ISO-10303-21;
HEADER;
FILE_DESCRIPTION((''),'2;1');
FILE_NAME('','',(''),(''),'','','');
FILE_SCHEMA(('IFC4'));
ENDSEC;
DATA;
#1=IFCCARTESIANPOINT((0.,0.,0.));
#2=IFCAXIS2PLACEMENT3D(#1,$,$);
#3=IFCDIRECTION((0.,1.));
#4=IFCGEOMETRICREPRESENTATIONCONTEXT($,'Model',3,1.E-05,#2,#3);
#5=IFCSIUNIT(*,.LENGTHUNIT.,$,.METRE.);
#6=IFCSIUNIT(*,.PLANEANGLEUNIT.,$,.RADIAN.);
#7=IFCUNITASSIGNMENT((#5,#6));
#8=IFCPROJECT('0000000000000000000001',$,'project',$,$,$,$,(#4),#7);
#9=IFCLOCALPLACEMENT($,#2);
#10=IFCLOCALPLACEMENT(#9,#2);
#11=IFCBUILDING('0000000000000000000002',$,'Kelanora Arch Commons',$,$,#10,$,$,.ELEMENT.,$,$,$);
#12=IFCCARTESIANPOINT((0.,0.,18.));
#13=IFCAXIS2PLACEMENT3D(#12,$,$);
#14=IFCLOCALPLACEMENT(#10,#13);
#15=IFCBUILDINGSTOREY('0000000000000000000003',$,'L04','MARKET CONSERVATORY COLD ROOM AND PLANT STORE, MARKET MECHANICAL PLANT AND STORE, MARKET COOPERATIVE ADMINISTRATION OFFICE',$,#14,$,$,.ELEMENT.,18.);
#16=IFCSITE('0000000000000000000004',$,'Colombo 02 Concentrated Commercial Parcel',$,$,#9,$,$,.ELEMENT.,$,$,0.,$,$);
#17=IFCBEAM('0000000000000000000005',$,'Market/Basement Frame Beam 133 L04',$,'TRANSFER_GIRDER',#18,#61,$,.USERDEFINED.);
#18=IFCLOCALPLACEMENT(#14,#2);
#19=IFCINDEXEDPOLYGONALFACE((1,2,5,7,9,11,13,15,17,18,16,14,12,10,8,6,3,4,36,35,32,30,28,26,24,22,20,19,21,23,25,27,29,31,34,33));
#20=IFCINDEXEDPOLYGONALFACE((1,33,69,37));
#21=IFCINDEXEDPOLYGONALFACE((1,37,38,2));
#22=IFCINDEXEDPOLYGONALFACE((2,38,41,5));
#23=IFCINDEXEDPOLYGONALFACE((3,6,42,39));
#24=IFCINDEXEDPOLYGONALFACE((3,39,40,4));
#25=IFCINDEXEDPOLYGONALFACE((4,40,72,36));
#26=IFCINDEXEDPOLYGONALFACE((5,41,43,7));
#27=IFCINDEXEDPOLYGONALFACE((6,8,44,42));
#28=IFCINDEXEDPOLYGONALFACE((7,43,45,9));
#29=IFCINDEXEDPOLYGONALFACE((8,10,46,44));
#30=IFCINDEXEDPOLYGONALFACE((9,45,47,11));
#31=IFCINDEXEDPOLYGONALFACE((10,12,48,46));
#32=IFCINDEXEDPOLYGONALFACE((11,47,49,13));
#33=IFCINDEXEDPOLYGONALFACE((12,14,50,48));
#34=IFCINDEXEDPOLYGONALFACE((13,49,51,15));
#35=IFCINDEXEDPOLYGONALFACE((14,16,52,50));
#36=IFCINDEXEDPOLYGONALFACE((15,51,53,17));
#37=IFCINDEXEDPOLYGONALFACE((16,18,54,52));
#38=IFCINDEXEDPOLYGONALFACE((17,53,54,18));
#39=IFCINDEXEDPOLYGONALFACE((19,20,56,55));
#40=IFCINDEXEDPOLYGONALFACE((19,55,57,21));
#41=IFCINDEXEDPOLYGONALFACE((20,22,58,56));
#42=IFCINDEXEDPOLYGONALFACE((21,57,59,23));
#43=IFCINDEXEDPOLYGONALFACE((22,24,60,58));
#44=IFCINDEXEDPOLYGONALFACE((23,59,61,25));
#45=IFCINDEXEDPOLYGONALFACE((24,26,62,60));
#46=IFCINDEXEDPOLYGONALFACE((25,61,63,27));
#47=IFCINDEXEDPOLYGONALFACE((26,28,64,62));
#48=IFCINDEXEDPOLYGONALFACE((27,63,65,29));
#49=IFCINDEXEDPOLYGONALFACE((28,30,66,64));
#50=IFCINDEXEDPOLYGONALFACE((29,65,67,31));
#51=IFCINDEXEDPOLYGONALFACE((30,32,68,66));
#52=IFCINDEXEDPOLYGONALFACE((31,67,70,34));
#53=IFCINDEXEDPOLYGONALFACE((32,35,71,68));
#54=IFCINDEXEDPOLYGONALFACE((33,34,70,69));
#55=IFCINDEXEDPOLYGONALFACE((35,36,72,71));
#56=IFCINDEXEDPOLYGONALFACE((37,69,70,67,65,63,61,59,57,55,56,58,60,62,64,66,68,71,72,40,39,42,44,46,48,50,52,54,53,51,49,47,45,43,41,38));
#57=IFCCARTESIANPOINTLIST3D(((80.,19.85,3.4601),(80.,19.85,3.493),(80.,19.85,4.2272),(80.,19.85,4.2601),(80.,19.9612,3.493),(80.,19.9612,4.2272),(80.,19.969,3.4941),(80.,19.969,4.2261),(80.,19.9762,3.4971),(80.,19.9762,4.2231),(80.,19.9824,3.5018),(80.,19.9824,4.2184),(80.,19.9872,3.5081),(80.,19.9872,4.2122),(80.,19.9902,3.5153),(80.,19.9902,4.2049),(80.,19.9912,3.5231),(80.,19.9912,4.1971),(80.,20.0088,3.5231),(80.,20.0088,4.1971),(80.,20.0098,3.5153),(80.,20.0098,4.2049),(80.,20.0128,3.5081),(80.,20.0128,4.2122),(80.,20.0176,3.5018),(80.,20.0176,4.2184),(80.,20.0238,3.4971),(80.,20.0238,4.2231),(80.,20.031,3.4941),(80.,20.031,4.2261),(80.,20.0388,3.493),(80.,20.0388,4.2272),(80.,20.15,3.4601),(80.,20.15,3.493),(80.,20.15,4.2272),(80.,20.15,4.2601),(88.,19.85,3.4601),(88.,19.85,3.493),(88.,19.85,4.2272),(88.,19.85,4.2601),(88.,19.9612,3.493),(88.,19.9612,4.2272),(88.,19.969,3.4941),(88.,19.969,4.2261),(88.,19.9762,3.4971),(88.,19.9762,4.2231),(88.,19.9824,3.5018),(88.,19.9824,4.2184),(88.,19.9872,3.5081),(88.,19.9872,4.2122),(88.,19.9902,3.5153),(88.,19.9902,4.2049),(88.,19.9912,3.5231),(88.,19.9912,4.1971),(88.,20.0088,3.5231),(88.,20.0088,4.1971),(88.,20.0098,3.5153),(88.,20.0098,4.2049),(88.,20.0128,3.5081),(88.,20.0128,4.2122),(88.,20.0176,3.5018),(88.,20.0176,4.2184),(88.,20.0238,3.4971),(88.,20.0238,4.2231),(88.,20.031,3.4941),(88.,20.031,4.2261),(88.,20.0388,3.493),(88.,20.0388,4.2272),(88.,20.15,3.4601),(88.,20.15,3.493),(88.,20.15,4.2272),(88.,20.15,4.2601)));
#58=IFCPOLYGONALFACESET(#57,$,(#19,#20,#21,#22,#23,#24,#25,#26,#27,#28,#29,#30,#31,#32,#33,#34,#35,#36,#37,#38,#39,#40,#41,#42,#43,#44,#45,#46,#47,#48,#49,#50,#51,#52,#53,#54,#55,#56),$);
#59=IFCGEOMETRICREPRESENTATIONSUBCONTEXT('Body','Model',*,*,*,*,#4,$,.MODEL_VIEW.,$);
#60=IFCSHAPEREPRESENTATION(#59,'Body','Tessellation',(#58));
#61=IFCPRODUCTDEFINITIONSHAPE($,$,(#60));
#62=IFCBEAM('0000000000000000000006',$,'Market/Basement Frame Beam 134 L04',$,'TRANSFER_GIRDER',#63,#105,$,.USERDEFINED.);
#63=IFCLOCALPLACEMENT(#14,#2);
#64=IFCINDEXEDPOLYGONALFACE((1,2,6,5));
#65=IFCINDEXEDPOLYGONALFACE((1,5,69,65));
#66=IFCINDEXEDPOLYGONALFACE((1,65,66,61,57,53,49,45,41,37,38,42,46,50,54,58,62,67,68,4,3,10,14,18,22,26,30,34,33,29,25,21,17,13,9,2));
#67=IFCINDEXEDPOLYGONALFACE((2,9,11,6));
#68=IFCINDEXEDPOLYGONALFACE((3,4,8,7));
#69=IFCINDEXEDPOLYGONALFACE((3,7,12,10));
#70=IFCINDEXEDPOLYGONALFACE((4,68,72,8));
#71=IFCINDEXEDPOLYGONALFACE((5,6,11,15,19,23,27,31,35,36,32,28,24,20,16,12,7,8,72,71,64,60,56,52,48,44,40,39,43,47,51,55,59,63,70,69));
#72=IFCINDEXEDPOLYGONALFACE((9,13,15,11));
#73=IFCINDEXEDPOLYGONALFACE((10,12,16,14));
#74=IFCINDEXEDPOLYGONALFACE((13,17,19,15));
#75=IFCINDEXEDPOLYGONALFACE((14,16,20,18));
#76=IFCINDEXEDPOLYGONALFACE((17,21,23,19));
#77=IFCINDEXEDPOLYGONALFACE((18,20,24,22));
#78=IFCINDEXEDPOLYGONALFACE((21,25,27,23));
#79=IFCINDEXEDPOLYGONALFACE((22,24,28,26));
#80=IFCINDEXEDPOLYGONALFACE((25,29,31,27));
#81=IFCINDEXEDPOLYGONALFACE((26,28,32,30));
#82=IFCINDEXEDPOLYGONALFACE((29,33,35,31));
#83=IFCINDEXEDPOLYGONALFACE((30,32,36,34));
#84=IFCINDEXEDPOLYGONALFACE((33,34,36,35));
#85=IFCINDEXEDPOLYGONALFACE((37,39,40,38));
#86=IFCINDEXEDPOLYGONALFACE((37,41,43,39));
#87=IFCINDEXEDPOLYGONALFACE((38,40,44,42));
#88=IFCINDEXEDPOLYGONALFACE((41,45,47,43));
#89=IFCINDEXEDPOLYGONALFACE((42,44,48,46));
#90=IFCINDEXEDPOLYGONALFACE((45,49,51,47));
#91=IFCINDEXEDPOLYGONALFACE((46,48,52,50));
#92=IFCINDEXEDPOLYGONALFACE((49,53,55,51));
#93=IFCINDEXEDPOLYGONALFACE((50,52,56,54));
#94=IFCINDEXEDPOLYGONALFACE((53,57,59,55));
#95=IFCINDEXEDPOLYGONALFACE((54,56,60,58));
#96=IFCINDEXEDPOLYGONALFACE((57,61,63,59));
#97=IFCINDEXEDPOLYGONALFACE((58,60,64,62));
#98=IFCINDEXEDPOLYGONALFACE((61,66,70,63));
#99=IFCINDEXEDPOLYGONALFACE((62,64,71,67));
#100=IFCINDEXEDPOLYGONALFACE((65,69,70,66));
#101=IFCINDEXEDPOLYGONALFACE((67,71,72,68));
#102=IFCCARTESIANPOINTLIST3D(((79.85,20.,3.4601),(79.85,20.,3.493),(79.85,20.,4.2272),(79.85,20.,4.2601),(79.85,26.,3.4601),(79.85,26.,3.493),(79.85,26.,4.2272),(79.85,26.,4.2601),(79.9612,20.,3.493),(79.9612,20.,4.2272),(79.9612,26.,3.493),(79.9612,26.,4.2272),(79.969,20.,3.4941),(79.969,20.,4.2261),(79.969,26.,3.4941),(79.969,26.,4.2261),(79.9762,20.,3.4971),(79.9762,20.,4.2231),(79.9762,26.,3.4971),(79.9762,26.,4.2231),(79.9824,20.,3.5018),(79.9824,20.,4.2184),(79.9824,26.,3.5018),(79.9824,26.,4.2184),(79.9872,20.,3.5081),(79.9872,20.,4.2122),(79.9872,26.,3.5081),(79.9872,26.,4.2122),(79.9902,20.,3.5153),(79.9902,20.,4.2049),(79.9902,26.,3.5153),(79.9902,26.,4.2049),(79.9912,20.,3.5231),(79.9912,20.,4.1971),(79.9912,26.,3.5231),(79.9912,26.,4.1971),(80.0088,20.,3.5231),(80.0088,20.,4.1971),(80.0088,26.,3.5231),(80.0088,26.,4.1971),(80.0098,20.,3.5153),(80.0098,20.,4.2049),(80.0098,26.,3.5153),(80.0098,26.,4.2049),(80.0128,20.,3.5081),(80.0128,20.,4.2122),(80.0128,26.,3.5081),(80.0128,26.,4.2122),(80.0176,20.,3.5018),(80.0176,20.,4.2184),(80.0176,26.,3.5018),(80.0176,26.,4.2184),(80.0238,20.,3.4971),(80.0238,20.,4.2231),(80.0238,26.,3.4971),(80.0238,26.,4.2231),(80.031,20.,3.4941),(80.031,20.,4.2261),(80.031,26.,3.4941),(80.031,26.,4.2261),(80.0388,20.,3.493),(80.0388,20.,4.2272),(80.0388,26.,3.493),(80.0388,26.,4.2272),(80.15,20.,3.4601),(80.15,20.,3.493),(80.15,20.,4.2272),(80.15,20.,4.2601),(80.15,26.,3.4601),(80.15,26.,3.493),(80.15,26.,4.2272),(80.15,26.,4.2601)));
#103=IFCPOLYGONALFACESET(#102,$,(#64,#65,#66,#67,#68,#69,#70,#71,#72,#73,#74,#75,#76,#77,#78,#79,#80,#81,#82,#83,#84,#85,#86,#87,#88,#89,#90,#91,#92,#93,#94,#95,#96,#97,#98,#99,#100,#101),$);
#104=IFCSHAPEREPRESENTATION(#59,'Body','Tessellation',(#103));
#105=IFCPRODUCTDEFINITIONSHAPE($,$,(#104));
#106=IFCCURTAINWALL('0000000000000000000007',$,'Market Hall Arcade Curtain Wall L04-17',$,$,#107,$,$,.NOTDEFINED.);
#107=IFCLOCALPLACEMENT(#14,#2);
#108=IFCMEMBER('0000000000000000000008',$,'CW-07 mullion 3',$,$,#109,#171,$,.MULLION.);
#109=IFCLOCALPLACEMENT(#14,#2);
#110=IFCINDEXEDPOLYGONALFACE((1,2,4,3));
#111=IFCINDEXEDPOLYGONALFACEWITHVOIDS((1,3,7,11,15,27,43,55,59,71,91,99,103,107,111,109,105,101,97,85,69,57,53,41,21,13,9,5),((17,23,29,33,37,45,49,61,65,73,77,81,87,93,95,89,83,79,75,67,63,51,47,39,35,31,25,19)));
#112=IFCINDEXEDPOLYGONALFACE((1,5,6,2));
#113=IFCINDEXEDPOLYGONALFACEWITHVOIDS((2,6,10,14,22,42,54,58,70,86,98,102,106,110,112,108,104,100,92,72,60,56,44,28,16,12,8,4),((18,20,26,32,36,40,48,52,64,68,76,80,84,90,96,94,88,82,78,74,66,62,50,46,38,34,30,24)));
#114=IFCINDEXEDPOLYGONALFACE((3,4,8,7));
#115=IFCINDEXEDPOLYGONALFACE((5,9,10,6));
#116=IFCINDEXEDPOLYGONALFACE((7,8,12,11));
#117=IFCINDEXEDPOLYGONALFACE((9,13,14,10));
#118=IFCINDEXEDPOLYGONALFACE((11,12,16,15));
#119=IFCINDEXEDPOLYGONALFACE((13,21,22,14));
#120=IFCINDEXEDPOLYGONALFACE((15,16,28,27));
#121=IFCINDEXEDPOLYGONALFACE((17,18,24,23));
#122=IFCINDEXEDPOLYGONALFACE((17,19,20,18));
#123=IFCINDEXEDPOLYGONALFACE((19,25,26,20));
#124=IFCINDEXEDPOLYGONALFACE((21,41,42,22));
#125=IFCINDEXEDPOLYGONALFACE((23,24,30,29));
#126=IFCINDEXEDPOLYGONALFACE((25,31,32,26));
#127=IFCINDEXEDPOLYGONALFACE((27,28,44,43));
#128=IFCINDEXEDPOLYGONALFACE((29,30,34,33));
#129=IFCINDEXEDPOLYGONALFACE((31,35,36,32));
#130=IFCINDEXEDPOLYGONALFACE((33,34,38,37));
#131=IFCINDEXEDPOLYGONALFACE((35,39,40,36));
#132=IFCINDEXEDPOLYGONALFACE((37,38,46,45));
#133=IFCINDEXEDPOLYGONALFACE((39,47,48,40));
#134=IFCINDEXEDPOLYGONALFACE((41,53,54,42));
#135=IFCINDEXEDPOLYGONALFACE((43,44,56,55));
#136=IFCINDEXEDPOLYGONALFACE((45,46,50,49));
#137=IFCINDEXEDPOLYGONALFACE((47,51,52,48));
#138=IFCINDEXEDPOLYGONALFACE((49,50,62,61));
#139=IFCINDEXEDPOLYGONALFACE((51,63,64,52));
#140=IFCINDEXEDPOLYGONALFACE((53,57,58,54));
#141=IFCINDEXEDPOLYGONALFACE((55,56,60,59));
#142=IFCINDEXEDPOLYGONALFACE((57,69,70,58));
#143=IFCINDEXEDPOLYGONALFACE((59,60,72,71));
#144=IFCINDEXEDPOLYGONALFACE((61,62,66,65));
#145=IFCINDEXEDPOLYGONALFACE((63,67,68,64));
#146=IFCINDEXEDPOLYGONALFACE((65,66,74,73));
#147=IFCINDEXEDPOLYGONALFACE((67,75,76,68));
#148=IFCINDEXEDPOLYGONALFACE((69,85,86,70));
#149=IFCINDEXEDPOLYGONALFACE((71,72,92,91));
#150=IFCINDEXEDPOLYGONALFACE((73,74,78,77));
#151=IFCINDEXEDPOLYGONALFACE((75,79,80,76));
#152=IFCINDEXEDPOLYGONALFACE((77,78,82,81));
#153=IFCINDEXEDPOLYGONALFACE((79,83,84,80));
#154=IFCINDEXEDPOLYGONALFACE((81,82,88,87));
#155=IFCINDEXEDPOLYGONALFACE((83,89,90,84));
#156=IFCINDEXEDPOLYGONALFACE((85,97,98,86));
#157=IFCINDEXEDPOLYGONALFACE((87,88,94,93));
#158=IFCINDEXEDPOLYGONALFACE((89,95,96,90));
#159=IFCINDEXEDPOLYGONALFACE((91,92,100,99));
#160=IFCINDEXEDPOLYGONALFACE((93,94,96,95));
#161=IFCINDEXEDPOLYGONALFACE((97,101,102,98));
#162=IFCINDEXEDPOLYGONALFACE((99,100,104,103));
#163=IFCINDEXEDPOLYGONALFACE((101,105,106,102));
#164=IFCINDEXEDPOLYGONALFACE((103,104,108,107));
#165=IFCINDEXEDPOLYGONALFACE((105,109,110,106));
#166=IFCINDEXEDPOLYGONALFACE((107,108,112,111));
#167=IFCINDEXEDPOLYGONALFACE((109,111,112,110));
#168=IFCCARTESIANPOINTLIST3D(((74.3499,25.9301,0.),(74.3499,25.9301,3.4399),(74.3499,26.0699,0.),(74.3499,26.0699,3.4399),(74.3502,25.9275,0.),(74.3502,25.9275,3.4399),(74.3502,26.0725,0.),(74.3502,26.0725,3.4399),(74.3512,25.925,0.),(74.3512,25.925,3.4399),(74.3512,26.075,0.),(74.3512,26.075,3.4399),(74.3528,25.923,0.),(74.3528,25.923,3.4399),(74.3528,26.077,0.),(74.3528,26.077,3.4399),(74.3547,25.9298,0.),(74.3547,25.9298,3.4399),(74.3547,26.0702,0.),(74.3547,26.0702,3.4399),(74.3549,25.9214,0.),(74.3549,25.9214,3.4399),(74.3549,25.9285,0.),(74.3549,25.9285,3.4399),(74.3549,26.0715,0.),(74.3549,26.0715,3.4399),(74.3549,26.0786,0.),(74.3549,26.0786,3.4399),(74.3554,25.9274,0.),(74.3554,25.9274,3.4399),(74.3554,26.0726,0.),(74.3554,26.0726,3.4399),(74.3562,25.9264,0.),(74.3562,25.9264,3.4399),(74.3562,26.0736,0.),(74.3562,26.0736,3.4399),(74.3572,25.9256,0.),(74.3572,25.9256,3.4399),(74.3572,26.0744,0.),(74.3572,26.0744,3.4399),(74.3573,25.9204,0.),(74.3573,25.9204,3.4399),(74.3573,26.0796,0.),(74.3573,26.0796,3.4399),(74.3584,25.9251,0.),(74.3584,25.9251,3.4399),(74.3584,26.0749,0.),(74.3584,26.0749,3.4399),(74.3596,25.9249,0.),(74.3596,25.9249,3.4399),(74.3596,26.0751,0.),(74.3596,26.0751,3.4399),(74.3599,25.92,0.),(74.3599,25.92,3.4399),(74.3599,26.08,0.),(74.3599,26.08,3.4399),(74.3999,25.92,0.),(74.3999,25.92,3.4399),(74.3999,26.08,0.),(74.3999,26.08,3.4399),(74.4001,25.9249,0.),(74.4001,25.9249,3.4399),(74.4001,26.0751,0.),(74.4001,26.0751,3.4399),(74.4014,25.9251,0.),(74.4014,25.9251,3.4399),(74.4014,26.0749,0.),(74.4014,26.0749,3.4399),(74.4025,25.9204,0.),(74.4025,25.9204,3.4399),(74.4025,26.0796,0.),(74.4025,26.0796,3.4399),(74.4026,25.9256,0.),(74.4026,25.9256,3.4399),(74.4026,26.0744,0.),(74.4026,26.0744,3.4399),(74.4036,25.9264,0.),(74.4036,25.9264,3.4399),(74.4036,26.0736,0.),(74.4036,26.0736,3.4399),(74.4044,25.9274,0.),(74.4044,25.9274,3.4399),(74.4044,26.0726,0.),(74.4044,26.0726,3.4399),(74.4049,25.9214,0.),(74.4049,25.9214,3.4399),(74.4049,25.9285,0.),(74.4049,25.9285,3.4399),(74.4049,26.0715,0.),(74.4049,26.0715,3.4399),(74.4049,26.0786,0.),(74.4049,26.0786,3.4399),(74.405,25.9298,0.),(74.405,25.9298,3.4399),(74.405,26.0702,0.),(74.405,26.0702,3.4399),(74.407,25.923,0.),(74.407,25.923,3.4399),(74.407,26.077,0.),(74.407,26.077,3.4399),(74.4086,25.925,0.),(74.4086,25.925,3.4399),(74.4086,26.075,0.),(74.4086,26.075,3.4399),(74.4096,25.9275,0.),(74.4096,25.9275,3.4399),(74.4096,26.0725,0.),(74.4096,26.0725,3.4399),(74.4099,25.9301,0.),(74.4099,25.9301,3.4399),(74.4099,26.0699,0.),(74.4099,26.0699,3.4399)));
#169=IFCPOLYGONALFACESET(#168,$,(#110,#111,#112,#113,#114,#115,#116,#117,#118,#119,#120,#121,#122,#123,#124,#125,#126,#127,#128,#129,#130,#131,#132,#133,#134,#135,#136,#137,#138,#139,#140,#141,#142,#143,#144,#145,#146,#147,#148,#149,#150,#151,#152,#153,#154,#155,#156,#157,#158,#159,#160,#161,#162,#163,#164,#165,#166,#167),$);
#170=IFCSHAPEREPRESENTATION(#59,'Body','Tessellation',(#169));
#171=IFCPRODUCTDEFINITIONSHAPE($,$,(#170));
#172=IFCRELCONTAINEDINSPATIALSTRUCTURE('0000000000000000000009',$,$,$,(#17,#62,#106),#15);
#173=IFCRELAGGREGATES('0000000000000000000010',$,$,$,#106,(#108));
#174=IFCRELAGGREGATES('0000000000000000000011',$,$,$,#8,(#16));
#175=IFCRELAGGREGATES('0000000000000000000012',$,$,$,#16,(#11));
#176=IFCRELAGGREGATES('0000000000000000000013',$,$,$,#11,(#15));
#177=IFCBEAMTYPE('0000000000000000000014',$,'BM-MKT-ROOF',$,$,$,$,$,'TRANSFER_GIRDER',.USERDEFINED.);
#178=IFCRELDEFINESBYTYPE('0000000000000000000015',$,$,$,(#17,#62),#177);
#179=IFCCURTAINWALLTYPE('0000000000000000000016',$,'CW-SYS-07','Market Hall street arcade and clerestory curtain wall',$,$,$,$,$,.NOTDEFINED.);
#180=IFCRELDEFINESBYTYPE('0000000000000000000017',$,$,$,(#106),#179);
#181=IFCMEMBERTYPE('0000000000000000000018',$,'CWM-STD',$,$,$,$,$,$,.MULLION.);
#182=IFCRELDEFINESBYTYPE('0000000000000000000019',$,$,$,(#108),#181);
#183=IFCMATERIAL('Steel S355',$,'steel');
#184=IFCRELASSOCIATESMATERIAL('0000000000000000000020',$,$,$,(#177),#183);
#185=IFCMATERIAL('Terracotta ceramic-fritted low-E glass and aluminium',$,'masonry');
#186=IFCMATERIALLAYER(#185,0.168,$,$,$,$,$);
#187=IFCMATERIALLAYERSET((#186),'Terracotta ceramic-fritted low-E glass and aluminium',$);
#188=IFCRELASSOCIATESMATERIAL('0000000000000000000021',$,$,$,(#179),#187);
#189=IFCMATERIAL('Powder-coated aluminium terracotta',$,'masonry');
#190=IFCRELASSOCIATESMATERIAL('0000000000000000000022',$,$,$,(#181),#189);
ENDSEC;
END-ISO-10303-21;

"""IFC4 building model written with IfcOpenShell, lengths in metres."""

from ifc_helpers import new_model, si_unit, direction, frame, origin, origin_2d, place, context, subcontext, project, spatial, hollow_rectangle, i_section, extrude, material, layer, layer_set, material_profile, profile_set, type_object, element, aggregate, save


model = new_model("IFC4")

# Units and contexts
model_context = context("Model", 3, precision=1e-05, world=origin(), true_north=direction((0.0, 1.0)))
body_context = subcontext(model_context, "Body", "Model", "MODEL_VIEW")
ifc_project = project(units=[si_unit("LENGTHUNIT", "METRE"), si_unit("PLANEANGLEUNIT", "RADIAN")], contexts=[model_context])

# Site, building, storey
site_placement = place(None, origin())
site = spatial("IfcSite", under=ifc_project, at=site_placement, Name="Colombo 02 Concentrated Commercial Parcel", CompositionType="ELEMENT", RefElevation=0.0)
building_placement = place(site_placement, origin())
building = spatial("IfcBuilding", under=site, at=building_placement, Name="Kelanora Arch Commons", CompositionType="ELEMENT")
storey_placement = place(building_placement, frame((0.0, 0.0, 18.0)))
storey = spatial("IfcBuildingStorey", under=building, at=storey_placement, Name="L04", Description="MARKET CONSERVATORY COLD ROOM AND PLANT STORE, MARKET MECHANICAL PLANT AND STORE, MARKET COOPERATIVE ADMINISTRATION OFFICE", CompositionType="ELEMENT", Elevation=18.0)

# Beams
ifc_material_1 = material(Name="Steel S355", Category="steel")
ifc_material_profile_1 = material_profile(ifc_material_1, i_section(OverallWidth=0.3, OverallDepth=0.8, WebThickness=0.0176, FlangeThickness=0.033, FilletRadius=0.03, at=origin_2d()), Name="HEB800")
ifc_profile_set_1 = profile_set([ifc_material_profile_1], Name="Steel S355")
beam_type = type_object("IfcBeamType", Name="BM-MKT-ROOF", ElementType="TRANSFER_GIRDER", PredefinedType="USERDEFINED", material=ifc_profile_set_1)
for number, where, z_axis, x_axis, name in (
    (1, (80.0, 20.0, 3.8601), (1.0, 0.0, 0.0), (0.0, 1.0, 0.0), "Market/Basement Frame Beam 133 L04"),
):
    element("IfcBeam", number, at=place(storey_placement, frame(where, z_axis=z_axis, x_axis=x_axis)), inside=storey, type_object=beam_type, Name=name, ObjectType="TRANSFER_GIRDER", PredefinedType="USERDEFINED", context=body_context, shape_type="SweptSolid", body=[
        extrude(i_section(OverallWidth=0.3, OverallDepth=0.8, WebThickness=0.0176, FlangeThickness=0.033, FilletRadius=0.03, at=origin_2d()), origin(), (0.0, 0.0, 1.0), 8.0),
    ])
beam_placement = place(storey_placement, frame((80.0, 20.0, 3.8601), z_axis=(0.0, 1.0, 0.0), x_axis=(-1.0, 0.0, 0.0)))
element("IfcBeam", 2, at=beam_placement, inside=storey, type_object=beam_type, Name="Market/Basement Frame Beam 134 L04", ObjectType="TRANSFER_GIRDER", PredefinedType="USERDEFINED", context=body_context, shape_type="SweptSolid", body=[
    extrude(i_section(OverallWidth=0.3, OverallDepth=0.8, WebThickness=0.0176, FlangeThickness=0.033, FilletRadius=0.03, at=origin_2d()), origin(), (0.0, 0.0, 1.0), 6.0),
])

# Curtain wall, member
ifc_material_2 = material(Name="Terracotta ceramic-fritted low-E glass and aluminium", Category="masonry")
ifc_layer_1 = layer(ifc_material_2, 0.168)
ifc_layer_set_1 = layer_set([ifc_layer_1], Name="Terracotta ceramic-fritted low-E glass and aluminium")
curtain_wall_type = type_object("IfcCurtainWallType", Name="CW-SYS-07", Description="Market Hall street arcade and clerestory curtain wall", PredefinedType="NOTDEFINED", material=ifc_layer_set_1)
curtain_wall_placement = place(storey_placement, origin())
curtain_wall = element("IfcCurtainWall", 3, at=curtain_wall_placement, inside=storey, type_object=curtain_wall_type, Name="Market Hall Arcade Curtain Wall L04-17", PredefinedType="NOTDEFINED")
ifc_material_3 = material(Name="Powder-coated aluminium terracotta", Category="masonry")
ifc_material_profile_2 = material_profile(ifc_material_3, hollow_rectangle(XDim=0.1599, YDim=0.0601, WallThickness=0.0049, InnerFilletRadius=0.0049, OuterFilletRadius=0.01, at=origin_2d()), Name="CWM160x60")
ifc_profile_set_2 = profile_set([ifc_material_profile_2], Name="Powder-coated aluminium terracotta")
member_type_1 = type_object("IfcMemberType", Name="CWM-STD", PredefinedType="MULLION", material=ifc_profile_set_2)
member_1_placement = place(storey_placement, frame((74.3799, 26.0, 0.0), z_axis=(0.0, 0.0, 1.0), x_axis=(0.0, -1.0, 0.0)))
member_1 = element("IfcMember", 4, at=member_1_placement, type_object=member_type_1, Name="CW-07 mullion 3", PredefinedType="MULLION", context=body_context, shape_type="SweptSolid", body=[
    extrude(hollow_rectangle(XDim=0.1599, YDim=0.0601, WallThickness=0.0049, InnerFilletRadius=0.0049, OuterFilletRadius=0.01, at=origin_2d()), origin(), (0.0, 0.0, 1.0), 3.4399),
])

aggregate(curtain_wall, [member_1])

save(model, "model.ifc")
